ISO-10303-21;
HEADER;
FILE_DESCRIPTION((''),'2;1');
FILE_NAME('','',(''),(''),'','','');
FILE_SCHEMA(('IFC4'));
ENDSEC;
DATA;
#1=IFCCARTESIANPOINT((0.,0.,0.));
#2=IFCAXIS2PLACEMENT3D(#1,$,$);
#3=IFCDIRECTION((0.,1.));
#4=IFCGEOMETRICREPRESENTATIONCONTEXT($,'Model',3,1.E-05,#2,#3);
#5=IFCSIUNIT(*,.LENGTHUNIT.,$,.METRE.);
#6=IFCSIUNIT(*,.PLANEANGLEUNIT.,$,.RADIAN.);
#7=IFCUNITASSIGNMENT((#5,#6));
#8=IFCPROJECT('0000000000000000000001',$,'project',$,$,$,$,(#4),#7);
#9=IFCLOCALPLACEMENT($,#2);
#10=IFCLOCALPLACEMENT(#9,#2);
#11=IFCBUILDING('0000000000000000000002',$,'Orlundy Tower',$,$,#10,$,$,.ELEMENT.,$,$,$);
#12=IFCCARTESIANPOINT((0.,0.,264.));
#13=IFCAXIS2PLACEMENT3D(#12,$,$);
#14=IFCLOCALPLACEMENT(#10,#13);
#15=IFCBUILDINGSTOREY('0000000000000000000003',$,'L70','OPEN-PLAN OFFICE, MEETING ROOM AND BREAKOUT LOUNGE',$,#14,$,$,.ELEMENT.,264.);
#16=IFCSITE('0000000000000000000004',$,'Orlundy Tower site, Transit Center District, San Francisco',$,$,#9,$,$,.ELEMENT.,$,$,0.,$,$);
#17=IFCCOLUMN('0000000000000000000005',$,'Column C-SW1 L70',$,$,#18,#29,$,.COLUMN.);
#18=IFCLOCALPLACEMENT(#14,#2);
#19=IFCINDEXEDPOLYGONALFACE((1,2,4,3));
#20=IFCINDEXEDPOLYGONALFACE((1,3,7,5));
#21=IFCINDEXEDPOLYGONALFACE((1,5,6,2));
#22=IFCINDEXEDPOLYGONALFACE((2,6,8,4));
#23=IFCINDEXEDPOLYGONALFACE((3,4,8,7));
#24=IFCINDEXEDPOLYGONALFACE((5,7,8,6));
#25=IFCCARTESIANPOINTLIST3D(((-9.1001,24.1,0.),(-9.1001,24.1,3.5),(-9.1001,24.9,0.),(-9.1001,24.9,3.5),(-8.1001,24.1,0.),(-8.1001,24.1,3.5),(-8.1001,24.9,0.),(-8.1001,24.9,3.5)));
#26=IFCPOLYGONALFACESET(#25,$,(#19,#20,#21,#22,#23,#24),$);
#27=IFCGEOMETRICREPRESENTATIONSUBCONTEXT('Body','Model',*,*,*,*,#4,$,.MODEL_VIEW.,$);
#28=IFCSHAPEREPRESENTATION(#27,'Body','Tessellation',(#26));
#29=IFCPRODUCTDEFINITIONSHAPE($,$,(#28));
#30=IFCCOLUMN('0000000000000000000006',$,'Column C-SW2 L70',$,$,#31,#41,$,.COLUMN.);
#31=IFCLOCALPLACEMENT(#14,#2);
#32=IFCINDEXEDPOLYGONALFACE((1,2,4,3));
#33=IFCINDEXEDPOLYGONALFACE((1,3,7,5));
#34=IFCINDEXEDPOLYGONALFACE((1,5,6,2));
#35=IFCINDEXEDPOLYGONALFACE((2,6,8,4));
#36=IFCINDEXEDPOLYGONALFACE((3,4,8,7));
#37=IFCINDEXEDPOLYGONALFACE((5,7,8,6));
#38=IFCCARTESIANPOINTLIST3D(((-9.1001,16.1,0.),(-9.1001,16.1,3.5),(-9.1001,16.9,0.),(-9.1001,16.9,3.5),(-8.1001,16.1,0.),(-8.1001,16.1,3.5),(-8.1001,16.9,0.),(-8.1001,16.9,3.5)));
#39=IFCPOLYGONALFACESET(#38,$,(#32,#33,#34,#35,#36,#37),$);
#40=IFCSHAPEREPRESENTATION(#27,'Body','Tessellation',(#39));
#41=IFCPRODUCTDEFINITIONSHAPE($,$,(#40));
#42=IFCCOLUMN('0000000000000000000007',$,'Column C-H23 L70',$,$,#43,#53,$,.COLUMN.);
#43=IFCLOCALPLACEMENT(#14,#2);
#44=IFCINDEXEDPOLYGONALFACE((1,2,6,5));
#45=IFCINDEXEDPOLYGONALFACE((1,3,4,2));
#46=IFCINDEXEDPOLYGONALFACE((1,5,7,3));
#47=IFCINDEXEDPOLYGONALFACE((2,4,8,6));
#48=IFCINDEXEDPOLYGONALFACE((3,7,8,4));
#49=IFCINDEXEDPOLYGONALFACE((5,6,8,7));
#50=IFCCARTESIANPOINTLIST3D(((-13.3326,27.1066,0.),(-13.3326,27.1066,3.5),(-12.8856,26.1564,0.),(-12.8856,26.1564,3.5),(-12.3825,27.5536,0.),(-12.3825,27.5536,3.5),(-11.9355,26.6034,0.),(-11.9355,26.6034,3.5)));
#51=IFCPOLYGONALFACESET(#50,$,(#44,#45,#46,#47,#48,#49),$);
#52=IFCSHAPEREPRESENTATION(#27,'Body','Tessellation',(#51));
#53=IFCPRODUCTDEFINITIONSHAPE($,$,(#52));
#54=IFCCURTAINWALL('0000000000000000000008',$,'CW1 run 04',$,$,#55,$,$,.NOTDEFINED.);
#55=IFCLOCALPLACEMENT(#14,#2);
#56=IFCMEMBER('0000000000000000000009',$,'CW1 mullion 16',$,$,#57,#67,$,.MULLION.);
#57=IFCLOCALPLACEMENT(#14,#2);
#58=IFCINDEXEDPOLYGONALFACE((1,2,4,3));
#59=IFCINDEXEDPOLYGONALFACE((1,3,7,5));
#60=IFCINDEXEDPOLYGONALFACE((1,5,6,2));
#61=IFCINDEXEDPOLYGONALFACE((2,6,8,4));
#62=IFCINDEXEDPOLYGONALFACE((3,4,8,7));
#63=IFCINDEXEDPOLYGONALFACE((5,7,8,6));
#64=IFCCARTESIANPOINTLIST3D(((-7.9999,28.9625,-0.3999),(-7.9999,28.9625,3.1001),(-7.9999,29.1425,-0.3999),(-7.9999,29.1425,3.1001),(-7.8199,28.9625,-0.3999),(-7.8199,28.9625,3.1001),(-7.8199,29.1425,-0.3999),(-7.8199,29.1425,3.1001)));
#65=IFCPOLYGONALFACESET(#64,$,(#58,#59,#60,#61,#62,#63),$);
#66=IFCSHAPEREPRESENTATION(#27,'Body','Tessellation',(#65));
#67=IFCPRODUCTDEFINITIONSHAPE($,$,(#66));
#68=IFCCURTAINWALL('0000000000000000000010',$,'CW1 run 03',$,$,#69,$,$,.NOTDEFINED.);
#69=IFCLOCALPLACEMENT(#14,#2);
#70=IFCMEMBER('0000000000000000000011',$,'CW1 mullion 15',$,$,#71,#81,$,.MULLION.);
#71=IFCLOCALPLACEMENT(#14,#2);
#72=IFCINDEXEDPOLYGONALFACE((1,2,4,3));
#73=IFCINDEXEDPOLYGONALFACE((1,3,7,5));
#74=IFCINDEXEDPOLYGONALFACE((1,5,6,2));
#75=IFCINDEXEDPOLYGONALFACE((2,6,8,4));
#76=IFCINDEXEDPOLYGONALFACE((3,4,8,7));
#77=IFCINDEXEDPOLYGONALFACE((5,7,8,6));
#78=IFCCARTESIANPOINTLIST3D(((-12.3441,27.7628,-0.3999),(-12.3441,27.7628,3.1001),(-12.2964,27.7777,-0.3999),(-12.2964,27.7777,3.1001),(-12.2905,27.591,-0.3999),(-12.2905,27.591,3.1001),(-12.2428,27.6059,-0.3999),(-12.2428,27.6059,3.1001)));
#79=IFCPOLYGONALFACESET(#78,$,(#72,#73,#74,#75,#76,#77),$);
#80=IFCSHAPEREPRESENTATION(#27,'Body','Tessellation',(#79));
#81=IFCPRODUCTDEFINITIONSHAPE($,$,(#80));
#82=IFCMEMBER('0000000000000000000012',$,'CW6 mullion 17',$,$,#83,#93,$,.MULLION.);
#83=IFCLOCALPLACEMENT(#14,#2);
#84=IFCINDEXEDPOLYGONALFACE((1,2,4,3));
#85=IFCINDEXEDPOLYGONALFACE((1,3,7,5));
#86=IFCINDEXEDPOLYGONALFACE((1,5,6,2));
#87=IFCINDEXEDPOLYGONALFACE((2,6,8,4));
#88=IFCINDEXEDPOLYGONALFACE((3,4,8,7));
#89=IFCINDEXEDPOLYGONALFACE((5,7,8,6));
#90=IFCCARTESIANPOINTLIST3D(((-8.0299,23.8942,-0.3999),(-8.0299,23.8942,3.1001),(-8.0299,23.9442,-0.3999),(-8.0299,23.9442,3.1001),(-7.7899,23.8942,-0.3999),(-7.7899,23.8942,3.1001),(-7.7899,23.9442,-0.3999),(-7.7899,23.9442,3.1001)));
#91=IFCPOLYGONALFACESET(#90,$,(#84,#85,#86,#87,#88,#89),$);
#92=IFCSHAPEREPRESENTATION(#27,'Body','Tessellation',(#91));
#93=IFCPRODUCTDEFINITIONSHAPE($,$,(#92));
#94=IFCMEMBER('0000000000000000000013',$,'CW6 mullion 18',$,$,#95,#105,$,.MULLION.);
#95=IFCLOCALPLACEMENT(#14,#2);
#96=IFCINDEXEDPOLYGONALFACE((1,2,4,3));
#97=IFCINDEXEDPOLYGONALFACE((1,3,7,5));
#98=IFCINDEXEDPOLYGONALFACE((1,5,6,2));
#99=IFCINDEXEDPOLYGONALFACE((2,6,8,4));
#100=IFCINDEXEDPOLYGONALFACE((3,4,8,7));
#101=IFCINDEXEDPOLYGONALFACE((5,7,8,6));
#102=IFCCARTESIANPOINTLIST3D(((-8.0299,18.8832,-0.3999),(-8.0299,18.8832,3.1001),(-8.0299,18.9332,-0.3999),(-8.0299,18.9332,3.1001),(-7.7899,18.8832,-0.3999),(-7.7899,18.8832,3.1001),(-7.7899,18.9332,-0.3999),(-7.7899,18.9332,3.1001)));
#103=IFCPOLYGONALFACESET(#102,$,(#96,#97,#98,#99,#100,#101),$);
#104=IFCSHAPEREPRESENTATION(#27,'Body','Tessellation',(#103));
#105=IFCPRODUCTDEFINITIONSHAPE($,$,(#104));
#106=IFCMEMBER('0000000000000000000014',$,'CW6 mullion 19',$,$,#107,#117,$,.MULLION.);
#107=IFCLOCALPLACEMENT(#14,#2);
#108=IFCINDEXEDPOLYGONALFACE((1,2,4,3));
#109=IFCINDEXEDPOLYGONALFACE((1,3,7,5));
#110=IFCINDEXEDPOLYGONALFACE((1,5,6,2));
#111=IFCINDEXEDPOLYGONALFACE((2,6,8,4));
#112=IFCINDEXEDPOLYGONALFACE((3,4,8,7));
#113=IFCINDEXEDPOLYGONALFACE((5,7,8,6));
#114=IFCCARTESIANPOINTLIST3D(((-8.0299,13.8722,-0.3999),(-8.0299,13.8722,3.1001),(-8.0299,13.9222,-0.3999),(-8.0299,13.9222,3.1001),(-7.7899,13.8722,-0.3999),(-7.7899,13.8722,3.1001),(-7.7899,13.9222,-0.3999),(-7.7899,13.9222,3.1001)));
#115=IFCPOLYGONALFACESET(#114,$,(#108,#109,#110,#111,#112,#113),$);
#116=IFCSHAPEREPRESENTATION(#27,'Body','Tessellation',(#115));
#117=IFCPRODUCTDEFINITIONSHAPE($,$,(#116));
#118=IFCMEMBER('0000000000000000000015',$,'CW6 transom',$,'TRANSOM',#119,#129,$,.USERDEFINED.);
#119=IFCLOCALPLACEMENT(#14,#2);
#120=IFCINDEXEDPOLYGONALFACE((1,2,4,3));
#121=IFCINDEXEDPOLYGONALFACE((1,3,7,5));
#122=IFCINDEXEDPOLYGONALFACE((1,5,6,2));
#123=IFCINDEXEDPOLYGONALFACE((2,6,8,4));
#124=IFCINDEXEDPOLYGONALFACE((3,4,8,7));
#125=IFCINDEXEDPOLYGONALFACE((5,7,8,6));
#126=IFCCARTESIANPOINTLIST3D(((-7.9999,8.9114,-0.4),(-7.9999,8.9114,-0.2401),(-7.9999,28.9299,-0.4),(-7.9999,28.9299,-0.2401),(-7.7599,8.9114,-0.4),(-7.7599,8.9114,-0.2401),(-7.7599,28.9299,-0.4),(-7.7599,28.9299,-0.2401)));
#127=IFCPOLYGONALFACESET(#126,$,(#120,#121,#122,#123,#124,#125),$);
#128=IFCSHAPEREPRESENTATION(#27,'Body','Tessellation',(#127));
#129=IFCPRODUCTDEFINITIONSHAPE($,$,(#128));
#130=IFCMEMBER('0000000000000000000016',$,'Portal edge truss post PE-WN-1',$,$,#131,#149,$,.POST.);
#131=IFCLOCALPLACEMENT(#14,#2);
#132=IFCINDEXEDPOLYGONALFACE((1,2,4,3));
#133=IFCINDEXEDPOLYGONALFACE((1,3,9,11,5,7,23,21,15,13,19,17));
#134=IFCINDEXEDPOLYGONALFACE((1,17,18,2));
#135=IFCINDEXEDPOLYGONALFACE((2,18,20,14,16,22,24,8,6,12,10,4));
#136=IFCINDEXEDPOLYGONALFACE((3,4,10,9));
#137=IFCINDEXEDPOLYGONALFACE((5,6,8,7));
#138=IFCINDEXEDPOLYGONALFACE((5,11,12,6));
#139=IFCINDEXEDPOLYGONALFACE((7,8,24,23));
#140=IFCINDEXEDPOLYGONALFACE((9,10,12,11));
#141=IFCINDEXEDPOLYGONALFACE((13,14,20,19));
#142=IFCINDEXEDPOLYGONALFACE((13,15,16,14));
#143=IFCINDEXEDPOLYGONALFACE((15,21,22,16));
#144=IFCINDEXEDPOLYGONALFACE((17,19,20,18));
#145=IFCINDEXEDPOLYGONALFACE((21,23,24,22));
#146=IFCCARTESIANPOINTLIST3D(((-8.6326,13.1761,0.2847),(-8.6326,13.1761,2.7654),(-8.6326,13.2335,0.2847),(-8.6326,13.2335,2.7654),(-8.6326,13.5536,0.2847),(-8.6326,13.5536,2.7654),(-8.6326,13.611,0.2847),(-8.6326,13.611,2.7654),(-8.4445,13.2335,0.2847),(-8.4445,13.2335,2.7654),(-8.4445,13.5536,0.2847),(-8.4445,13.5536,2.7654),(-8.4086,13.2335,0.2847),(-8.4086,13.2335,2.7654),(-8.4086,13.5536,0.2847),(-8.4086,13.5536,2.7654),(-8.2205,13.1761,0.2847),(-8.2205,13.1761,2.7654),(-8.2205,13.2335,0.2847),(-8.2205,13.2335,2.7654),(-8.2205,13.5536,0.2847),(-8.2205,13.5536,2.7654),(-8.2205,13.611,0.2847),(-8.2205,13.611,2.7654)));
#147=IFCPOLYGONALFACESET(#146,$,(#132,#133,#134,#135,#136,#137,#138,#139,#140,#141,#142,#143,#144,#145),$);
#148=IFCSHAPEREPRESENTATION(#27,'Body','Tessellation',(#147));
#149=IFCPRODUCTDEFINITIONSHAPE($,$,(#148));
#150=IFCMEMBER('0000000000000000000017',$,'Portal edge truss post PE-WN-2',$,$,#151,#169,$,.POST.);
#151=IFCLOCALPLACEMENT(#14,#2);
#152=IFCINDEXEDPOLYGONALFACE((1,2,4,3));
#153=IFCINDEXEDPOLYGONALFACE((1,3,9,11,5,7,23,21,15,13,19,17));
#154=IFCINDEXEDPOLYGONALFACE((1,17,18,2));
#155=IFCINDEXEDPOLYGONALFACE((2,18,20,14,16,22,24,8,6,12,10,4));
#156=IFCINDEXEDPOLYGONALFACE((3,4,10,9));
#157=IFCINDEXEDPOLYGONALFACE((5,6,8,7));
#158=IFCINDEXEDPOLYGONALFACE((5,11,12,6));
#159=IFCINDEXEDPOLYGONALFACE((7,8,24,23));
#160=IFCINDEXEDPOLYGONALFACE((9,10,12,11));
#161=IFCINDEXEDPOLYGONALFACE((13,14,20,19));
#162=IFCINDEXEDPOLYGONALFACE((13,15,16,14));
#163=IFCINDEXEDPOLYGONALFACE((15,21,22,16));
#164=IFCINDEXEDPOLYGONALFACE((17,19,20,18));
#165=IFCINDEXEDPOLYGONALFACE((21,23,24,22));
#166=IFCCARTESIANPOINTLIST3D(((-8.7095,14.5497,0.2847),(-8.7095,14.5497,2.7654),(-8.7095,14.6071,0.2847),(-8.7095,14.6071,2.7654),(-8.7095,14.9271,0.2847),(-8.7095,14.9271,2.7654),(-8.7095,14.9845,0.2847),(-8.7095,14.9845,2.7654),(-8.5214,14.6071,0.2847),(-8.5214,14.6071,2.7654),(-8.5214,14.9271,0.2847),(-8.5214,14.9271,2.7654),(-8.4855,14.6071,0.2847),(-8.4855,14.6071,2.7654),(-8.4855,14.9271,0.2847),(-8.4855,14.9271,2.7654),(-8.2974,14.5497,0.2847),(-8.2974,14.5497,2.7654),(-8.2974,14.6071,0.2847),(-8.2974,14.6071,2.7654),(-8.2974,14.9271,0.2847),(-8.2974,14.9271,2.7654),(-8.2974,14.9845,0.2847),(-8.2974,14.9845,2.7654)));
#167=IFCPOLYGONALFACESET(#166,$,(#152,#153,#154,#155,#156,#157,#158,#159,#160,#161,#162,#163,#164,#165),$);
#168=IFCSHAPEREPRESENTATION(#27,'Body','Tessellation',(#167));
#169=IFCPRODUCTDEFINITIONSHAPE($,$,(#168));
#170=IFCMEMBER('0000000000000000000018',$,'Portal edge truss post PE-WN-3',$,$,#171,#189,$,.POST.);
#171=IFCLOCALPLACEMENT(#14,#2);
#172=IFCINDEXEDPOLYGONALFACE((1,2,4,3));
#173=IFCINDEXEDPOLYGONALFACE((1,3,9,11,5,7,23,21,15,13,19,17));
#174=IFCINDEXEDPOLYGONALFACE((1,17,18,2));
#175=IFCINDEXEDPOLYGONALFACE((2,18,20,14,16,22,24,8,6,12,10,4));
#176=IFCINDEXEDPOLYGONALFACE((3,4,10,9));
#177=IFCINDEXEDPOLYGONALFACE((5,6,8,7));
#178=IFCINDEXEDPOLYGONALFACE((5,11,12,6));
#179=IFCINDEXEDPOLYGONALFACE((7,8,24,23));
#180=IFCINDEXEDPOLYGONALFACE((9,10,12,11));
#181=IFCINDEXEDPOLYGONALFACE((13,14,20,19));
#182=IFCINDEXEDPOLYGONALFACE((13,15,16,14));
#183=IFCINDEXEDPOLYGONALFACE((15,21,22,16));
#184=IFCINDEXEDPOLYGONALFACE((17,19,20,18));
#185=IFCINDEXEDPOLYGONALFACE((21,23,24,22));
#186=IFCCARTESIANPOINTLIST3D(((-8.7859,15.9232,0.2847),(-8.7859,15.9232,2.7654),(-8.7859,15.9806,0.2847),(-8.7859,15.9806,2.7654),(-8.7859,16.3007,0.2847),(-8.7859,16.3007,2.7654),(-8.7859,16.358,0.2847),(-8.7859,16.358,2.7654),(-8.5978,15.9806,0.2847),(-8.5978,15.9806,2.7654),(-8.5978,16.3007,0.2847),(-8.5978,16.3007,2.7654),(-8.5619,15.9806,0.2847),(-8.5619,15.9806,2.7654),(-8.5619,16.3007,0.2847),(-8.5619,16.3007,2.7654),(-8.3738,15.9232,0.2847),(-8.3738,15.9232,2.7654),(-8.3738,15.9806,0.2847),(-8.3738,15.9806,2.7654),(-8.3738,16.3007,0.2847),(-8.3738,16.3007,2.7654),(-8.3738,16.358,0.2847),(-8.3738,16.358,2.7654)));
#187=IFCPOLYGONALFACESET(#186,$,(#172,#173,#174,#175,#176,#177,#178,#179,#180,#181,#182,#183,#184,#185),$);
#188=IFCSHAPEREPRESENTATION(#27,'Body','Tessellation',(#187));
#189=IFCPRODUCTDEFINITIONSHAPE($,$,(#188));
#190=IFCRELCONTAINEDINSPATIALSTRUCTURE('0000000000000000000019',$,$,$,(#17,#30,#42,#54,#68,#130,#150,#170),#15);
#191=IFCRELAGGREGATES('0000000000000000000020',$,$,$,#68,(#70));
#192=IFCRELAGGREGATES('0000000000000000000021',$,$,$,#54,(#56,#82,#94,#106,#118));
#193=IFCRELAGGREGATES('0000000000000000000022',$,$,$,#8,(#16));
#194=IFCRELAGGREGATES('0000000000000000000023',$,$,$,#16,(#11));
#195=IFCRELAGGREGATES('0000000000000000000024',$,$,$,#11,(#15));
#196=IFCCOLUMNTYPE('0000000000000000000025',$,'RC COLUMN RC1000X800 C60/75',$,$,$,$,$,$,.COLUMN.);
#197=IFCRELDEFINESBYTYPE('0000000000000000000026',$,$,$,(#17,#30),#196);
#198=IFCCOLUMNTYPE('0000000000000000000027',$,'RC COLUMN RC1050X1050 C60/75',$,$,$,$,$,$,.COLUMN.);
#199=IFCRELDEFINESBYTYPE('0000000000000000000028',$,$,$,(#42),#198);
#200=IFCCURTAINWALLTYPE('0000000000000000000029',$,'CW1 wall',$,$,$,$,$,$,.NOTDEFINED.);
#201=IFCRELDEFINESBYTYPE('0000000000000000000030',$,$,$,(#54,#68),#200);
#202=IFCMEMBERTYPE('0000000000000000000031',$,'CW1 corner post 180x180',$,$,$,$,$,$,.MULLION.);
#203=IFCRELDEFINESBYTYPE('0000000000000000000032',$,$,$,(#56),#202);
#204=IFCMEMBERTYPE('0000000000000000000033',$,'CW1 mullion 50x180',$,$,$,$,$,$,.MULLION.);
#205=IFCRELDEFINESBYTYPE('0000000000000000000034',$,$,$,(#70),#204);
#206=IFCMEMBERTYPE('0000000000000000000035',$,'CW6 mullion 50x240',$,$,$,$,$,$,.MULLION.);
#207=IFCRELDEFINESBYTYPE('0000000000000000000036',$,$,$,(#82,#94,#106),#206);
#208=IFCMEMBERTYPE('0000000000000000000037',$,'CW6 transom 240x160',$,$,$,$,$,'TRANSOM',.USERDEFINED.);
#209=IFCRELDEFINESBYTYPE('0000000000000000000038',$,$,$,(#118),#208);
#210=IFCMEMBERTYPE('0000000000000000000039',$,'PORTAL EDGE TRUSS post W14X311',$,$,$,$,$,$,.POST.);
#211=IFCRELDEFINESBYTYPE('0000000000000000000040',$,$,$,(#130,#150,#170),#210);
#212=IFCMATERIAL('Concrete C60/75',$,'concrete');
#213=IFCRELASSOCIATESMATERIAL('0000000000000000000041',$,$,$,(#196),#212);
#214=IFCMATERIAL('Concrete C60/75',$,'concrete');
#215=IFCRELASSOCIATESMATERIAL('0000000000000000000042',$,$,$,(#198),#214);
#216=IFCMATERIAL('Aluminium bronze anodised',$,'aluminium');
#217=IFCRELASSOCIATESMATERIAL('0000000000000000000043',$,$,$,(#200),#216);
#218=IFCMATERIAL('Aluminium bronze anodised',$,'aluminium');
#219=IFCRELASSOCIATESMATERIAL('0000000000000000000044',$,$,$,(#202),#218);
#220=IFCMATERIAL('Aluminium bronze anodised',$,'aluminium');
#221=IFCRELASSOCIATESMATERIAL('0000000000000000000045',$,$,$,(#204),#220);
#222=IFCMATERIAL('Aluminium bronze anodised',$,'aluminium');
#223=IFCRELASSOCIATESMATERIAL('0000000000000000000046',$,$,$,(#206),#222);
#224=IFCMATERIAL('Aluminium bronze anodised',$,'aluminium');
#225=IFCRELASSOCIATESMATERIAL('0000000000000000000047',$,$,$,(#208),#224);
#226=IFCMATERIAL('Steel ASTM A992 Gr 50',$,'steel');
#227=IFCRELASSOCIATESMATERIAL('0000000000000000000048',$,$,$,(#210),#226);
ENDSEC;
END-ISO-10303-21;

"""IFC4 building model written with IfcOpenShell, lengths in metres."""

from ifc_helpers import new_model, si_unit, direction, frame, origin, origin_2d, place, context, subcontext, project, spatial, rectangle, i_section, extrude, material, material_profile, profile_set, type_object, element, aggregate, save


model = new_model("IFC4")

# Units and contexts
model_context = context("Model", 3, precision=1e-05, world=origin(), true_north=direction((0.0, 1.0)))
body_context = subcontext(model_context, "Body", "Model", "MODEL_VIEW")
ifc_project = project(units=[si_unit("LENGTHUNIT", "METRE"), si_unit("PLANEANGLEUNIT", "RADIAN")], contexts=[model_context])

# Site, building, storey
site_placement = place(None, origin())
site = spatial("IfcSite", under=ifc_project, at=site_placement, Name="Orlundy Tower site, Transit Center District, San Francisco", CompositionType="ELEMENT", RefElevation=0.0)
building_placement = place(site_placement, origin())
building = spatial("IfcBuilding", under=site, at=building_placement, Name="Orlundy Tower", CompositionType="ELEMENT")
storey_placement = place(building_placement, frame((0.0, 0.0, 264.0)))
storey = spatial("IfcBuildingStorey", under=building, at=storey_placement, Name="L70", Description="OPEN-PLAN OFFICE, MEETING ROOM AND BREAKOUT LOUNGE", CompositionType="ELEMENT", Elevation=264.0)

# Columns
ifc_material_1 = material(Name="Concrete C60/75", Category="concrete")
ifc_material_profile_1 = material_profile(ifc_material_1, rectangle(XDim=1.0, YDim=0.8, at=origin_2d()), Name="RC1000X800")
ifc_profile_set_1 = profile_set([ifc_material_profile_1], Name="Concrete C60/75")
column_type_1 = type_object("IfcColumnType", Name="RC COLUMN RC1000X800 C60/75", PredefinedType="COLUMN", material=ifc_profile_set_1)
for number, where, z_axis, x_axis, name in (
    (1, (-8.6001, 24.5, 0.0), (0.0, 0.0, 1.0), (1.0, 0.0, 0.0), "Column C-SW1 L70"),
    (2, (-8.6001, 16.5, 0.0), (0.0, 0.0, 1.0), (1.0, 0.0, 0.0), "Column C-SW2 L70"),
):
    element("IfcColumn", number, at=place(storey_placement, frame(where, z_axis=z_axis, x_axis=x_axis)), inside=storey, type_object=column_type_1, Name=name, PredefinedType="COLUMN", context=body_context, shape_type="SweptSolid", body=[
        extrude(rectangle(XDim=1.0, YDim=0.8, at=origin_2d()), origin(), (0.0, 0.0, 1.0), 3.5),
    ])
ifc_material_2 = material(Name="Concrete C60/75", Category="concrete")
ifc_material_profile_2 = material_profile(ifc_material_2, rectangle(XDim=1.05, YDim=1.05, at=origin_2d()), Name="RC1050X1050")
ifc_profile_set_2 = profile_set([ifc_material_profile_2], Name="Concrete C60/75")
column_type_2 = type_object("IfcColumnType", Name="RC COLUMN RC1050X1050 C60/75", PredefinedType="COLUMN", material=ifc_profile_set_2)
column_placement = place(storey_placement, frame((-12.634, 26.855, 0.0), z_axis=(0.0, 0.0, 1.0), x_axis=(-0.4257, 0.904864, 0.0)))
element("IfcColumn", 3, at=column_placement, inside=storey, type_object=column_type_2, Name="Column C-H23 L70", PredefinedType="COLUMN", context=body_context, shape_type="SweptSolid", body=[
    extrude(rectangle(XDim=1.05, YDim=1.05, at=origin_2d()), origin(), (0.0, 0.0, 1.0), 3.5),
])

# Curtain walls, members
ifc_material_3 = material(Name="Aluminium bronze anodised", Category="aluminium")
curtain_wall_type = type_object("IfcCurtainWallType", Name="CW1 wall", PredefinedType="NOTDEFINED", material=ifc_material_3)
curtain_wall_1_placement = place(storey_placement, origin())
curtain_wall_1 = element("IfcCurtainWall", 4, at=curtain_wall_1_placement, inside=storey, type_object=curtain_wall_type, Name="CW1 run 04", PredefinedType="NOTDEFINED")
ifc_material_4 = material(Name="Aluminium bronze anodised", Category="aluminium")
ifc_material_profile_3 = material_profile(ifc_material_4, rectangle(XDim=0.1799, YDim=0.1799, at=origin_2d()), Name="CW1 corner post 180x180")
ifc_profile_set_3 = profile_set([ifc_material_profile_3], Name="Aluminium bronze anodised")
member_type_1 = type_object("IfcMemberType", Name="CW1 corner post 180x180", PredefinedType="MULLION", material=ifc_profile_set_3)
member_1_placement = place(storey_placement, frame((-7.9099, 29.0525, -0.3999), z_axis=(0.0, 0.0, 1.0), x_axis=(1.0, 0.0, 0.0)))
member_1 = element("IfcMember", 5, at=member_1_placement, type_object=member_type_1, Name="CW1 mullion 16", PredefinedType="MULLION", context=body_context, shape_type="SweptSolid", body=[
    extrude(rectangle(XDim=0.1799, YDim=0.1799, at=origin_2d()), origin(), (0.0, 0.0, 1.0), 3.5),
])
curtain_wall_2_placement = place(storey_placement, origin())
curtain_wall_2 = element("IfcCurtainWall", 6, at=curtain_wall_2_placement, inside=storey, type_object=curtain_wall_type, Name="CW1 run 03", PredefinedType="NOTDEFINED")
ifc_material_5 = material(Name="Aluminium bronze anodised", Category="aluminium")
ifc_material_profile_4 = material_profile(ifc_material_5, rectangle(XDim=0.1799, YDim=0.05, at=origin_2d()), Name="CW1 mullion 50x180")
ifc_profile_set_4 = profile_set([ifc_material_profile_4], Name="Aluminium bronze anodised")
member_type_2 = type_object("IfcMemberType", Name="CW1 mullion 50x180", PredefinedType="MULLION", material=ifc_profile_set_4)
member_2_placement = place(storey_placement, frame((-12.2935, 27.6843, -0.3999), z_axis=(0.0, 0.0, 1.0), x_axis=(-0.297935, 0.954586, 0.0)))
member_2 = element("IfcMember", 7, at=member_2_placement, type_object=member_type_2, Name="CW1 mullion 15", PredefinedType="MULLION", context=body_context, shape_type="SweptSolid", body=[
    extrude(rectangle(XDim=0.1799, YDim=0.05, at=origin_2d()), origin(), (0.0, 0.0, 1.0), 3.5),
])

# Members
ifc_material_6 = material(Name="Aluminium bronze anodised", Category="aluminium")
ifc_material_profile_5 = material_profile(ifc_material_6, rectangle(XDim=0.24, YDim=0.05, at=origin_2d()), Name="CW6 mullion 50x240")
ifc_profile_set_5 = profile_set([ifc_material_profile_5], Name="Aluminium bronze anodised")
member_type_3 = type_object("IfcMemberType", Name="CW6 mullion 50x240", PredefinedType="MULLION", material=ifc_profile_set_5)
member_3_placement = place(storey_placement, frame((-7.9099, 23.9192, -0.3999), z_axis=(0.0, 0.0, 1.0), x_axis=(1.0, 0.0, 0.0)))
member_3 = element("IfcMember", 8, at=member_3_placement, type_object=member_type_3, Name="CW6 mullion 17", PredefinedType="MULLION", context=body_context, shape_type="SweptSolid", body=[
    extrude(rectangle(XDim=0.24, YDim=0.05, at=origin_2d()), origin(), (0.0, 0.0, 1.0), 3.5),
])
member_4_placement = place(storey_placement, frame((-7.9099, 18.9082, -0.3999), z_axis=(0.0, 0.0, 1.0), x_axis=(1.0, 0.0, 0.0)))
member_4 = element("IfcMember", 9, at=member_4_placement, type_object=member_type_3, Name="CW6 mullion 18", PredefinedType="MULLION", context=body_context, shape_type="SweptSolid", body=[
    extrude(rectangle(XDim=0.24, YDim=0.05, at=origin_2d()), origin(), (0.0, 0.0, 1.0), 3.5),
])
member_5_placement = place(storey_placement, frame((-7.9099, 13.8972, -0.3999), z_axis=(0.0, 0.0, 1.0), x_axis=(1.0, 0.0, 0.0)))
member_5 = element("IfcMember", 10, at=member_5_placement, type_object=member_type_3, Name="CW6 mullion 19", PredefinedType="MULLION", context=body_context, shape_type="SweptSolid", body=[
    extrude(rectangle(XDim=0.24, YDim=0.05, at=origin_2d()), origin(), (0.0, 0.0, 1.0), 3.5),
])
ifc_material_7 = material(Name="Aluminium bronze anodised", Category="aluminium")
ifc_material_profile_6 = material_profile(ifc_material_7, rectangle(XDim=0.24, YDim=0.1599, at=origin_2d()), Name="CW6 transom 240x160")
ifc_profile_set_6 = profile_set([ifc_material_profile_6], Name="Aluminium bronze anodised")
member_type_4 = type_object("IfcMemberType", Name="CW6 transom 240x160", ElementType="TRANSOM", PredefinedType="USERDEFINED", material=ifc_profile_set_6)
member_6_placement = place(storey_placement, frame((-7.8799, 28.9299, -0.3201), z_axis=(0.0, -1.0, 0.0), x_axis=(1.0, 0.0, 0.0)))
member_6 = element("IfcMember", 11, at=member_6_placement, type_object=member_type_4, Name="CW6 transom", ObjectType="TRANSOM", PredefinedType="USERDEFINED", context=body_context, shape_type="SweptSolid", body=[
    extrude(rectangle(XDim=0.24, YDim=0.1599, at=origin_2d()), origin(), (0.0, 0.0, 1.0), 20.0186),
])

# Members
ifc_material_8 = material(Name="Steel ASTM A992 Gr 50", Category="steel")
ifc_material_profile_7 = material_profile(ifc_material_8, i_section(OverallWidth=0.4121, OverallDepth=0.4348, WebThickness=0.0359, FlangeThickness=0.0574, at=origin_2d()), Name="W14X311")
ifc_profile_set_7 = profile_set([ifc_material_profile_7], Name="Steel ASTM A992 Gr 50")
member_type_5 = type_object("IfcMemberType", Name="PORTAL EDGE TRUSS post W14X311", PredefinedType="POST", material=ifc_profile_set_7)
for number, where, z_axis, x_axis, name in (
    (12, (-8.4265, 13.3936, 0.2847), (0.0, 0.0, 1.0), (1.0, 0.0, 0.0), "Portal edge truss post PE-WN-1"),
    (13, (-8.5034, 14.7671, 0.2847), (0.0, 0.0, 1.0), (1.0, 0.0, 0.0), "Portal edge truss post PE-WN-2"),
    (14, (-8.5798, 16.1406, 0.2847), (0.0, 0.0, 1.0), (1.0, 0.0, 0.0), "Portal edge truss post PE-WN-3"),
):
    element("IfcMember", number, at=place(storey_placement, frame(where, z_axis=z_axis, x_axis=x_axis)), inside=storey, type_object=member_type_5, Name=name, PredefinedType="POST", context=body_context, shape_type="SweptSolid", body=[
        extrude(i_section(OverallWidth=0.4121, OverallDepth=0.4348, WebThickness=0.0359, FlangeThickness=0.0574, at=origin_2d()), origin(), (0.0, 0.0, 1.0), 2.4807),
    ])

aggregate(curtain_wall_2, [member_2])
aggregate(curtain_wall_1, [member_1, member_3, member_4, member_5, member_6])

save(model, "model.ifc")
